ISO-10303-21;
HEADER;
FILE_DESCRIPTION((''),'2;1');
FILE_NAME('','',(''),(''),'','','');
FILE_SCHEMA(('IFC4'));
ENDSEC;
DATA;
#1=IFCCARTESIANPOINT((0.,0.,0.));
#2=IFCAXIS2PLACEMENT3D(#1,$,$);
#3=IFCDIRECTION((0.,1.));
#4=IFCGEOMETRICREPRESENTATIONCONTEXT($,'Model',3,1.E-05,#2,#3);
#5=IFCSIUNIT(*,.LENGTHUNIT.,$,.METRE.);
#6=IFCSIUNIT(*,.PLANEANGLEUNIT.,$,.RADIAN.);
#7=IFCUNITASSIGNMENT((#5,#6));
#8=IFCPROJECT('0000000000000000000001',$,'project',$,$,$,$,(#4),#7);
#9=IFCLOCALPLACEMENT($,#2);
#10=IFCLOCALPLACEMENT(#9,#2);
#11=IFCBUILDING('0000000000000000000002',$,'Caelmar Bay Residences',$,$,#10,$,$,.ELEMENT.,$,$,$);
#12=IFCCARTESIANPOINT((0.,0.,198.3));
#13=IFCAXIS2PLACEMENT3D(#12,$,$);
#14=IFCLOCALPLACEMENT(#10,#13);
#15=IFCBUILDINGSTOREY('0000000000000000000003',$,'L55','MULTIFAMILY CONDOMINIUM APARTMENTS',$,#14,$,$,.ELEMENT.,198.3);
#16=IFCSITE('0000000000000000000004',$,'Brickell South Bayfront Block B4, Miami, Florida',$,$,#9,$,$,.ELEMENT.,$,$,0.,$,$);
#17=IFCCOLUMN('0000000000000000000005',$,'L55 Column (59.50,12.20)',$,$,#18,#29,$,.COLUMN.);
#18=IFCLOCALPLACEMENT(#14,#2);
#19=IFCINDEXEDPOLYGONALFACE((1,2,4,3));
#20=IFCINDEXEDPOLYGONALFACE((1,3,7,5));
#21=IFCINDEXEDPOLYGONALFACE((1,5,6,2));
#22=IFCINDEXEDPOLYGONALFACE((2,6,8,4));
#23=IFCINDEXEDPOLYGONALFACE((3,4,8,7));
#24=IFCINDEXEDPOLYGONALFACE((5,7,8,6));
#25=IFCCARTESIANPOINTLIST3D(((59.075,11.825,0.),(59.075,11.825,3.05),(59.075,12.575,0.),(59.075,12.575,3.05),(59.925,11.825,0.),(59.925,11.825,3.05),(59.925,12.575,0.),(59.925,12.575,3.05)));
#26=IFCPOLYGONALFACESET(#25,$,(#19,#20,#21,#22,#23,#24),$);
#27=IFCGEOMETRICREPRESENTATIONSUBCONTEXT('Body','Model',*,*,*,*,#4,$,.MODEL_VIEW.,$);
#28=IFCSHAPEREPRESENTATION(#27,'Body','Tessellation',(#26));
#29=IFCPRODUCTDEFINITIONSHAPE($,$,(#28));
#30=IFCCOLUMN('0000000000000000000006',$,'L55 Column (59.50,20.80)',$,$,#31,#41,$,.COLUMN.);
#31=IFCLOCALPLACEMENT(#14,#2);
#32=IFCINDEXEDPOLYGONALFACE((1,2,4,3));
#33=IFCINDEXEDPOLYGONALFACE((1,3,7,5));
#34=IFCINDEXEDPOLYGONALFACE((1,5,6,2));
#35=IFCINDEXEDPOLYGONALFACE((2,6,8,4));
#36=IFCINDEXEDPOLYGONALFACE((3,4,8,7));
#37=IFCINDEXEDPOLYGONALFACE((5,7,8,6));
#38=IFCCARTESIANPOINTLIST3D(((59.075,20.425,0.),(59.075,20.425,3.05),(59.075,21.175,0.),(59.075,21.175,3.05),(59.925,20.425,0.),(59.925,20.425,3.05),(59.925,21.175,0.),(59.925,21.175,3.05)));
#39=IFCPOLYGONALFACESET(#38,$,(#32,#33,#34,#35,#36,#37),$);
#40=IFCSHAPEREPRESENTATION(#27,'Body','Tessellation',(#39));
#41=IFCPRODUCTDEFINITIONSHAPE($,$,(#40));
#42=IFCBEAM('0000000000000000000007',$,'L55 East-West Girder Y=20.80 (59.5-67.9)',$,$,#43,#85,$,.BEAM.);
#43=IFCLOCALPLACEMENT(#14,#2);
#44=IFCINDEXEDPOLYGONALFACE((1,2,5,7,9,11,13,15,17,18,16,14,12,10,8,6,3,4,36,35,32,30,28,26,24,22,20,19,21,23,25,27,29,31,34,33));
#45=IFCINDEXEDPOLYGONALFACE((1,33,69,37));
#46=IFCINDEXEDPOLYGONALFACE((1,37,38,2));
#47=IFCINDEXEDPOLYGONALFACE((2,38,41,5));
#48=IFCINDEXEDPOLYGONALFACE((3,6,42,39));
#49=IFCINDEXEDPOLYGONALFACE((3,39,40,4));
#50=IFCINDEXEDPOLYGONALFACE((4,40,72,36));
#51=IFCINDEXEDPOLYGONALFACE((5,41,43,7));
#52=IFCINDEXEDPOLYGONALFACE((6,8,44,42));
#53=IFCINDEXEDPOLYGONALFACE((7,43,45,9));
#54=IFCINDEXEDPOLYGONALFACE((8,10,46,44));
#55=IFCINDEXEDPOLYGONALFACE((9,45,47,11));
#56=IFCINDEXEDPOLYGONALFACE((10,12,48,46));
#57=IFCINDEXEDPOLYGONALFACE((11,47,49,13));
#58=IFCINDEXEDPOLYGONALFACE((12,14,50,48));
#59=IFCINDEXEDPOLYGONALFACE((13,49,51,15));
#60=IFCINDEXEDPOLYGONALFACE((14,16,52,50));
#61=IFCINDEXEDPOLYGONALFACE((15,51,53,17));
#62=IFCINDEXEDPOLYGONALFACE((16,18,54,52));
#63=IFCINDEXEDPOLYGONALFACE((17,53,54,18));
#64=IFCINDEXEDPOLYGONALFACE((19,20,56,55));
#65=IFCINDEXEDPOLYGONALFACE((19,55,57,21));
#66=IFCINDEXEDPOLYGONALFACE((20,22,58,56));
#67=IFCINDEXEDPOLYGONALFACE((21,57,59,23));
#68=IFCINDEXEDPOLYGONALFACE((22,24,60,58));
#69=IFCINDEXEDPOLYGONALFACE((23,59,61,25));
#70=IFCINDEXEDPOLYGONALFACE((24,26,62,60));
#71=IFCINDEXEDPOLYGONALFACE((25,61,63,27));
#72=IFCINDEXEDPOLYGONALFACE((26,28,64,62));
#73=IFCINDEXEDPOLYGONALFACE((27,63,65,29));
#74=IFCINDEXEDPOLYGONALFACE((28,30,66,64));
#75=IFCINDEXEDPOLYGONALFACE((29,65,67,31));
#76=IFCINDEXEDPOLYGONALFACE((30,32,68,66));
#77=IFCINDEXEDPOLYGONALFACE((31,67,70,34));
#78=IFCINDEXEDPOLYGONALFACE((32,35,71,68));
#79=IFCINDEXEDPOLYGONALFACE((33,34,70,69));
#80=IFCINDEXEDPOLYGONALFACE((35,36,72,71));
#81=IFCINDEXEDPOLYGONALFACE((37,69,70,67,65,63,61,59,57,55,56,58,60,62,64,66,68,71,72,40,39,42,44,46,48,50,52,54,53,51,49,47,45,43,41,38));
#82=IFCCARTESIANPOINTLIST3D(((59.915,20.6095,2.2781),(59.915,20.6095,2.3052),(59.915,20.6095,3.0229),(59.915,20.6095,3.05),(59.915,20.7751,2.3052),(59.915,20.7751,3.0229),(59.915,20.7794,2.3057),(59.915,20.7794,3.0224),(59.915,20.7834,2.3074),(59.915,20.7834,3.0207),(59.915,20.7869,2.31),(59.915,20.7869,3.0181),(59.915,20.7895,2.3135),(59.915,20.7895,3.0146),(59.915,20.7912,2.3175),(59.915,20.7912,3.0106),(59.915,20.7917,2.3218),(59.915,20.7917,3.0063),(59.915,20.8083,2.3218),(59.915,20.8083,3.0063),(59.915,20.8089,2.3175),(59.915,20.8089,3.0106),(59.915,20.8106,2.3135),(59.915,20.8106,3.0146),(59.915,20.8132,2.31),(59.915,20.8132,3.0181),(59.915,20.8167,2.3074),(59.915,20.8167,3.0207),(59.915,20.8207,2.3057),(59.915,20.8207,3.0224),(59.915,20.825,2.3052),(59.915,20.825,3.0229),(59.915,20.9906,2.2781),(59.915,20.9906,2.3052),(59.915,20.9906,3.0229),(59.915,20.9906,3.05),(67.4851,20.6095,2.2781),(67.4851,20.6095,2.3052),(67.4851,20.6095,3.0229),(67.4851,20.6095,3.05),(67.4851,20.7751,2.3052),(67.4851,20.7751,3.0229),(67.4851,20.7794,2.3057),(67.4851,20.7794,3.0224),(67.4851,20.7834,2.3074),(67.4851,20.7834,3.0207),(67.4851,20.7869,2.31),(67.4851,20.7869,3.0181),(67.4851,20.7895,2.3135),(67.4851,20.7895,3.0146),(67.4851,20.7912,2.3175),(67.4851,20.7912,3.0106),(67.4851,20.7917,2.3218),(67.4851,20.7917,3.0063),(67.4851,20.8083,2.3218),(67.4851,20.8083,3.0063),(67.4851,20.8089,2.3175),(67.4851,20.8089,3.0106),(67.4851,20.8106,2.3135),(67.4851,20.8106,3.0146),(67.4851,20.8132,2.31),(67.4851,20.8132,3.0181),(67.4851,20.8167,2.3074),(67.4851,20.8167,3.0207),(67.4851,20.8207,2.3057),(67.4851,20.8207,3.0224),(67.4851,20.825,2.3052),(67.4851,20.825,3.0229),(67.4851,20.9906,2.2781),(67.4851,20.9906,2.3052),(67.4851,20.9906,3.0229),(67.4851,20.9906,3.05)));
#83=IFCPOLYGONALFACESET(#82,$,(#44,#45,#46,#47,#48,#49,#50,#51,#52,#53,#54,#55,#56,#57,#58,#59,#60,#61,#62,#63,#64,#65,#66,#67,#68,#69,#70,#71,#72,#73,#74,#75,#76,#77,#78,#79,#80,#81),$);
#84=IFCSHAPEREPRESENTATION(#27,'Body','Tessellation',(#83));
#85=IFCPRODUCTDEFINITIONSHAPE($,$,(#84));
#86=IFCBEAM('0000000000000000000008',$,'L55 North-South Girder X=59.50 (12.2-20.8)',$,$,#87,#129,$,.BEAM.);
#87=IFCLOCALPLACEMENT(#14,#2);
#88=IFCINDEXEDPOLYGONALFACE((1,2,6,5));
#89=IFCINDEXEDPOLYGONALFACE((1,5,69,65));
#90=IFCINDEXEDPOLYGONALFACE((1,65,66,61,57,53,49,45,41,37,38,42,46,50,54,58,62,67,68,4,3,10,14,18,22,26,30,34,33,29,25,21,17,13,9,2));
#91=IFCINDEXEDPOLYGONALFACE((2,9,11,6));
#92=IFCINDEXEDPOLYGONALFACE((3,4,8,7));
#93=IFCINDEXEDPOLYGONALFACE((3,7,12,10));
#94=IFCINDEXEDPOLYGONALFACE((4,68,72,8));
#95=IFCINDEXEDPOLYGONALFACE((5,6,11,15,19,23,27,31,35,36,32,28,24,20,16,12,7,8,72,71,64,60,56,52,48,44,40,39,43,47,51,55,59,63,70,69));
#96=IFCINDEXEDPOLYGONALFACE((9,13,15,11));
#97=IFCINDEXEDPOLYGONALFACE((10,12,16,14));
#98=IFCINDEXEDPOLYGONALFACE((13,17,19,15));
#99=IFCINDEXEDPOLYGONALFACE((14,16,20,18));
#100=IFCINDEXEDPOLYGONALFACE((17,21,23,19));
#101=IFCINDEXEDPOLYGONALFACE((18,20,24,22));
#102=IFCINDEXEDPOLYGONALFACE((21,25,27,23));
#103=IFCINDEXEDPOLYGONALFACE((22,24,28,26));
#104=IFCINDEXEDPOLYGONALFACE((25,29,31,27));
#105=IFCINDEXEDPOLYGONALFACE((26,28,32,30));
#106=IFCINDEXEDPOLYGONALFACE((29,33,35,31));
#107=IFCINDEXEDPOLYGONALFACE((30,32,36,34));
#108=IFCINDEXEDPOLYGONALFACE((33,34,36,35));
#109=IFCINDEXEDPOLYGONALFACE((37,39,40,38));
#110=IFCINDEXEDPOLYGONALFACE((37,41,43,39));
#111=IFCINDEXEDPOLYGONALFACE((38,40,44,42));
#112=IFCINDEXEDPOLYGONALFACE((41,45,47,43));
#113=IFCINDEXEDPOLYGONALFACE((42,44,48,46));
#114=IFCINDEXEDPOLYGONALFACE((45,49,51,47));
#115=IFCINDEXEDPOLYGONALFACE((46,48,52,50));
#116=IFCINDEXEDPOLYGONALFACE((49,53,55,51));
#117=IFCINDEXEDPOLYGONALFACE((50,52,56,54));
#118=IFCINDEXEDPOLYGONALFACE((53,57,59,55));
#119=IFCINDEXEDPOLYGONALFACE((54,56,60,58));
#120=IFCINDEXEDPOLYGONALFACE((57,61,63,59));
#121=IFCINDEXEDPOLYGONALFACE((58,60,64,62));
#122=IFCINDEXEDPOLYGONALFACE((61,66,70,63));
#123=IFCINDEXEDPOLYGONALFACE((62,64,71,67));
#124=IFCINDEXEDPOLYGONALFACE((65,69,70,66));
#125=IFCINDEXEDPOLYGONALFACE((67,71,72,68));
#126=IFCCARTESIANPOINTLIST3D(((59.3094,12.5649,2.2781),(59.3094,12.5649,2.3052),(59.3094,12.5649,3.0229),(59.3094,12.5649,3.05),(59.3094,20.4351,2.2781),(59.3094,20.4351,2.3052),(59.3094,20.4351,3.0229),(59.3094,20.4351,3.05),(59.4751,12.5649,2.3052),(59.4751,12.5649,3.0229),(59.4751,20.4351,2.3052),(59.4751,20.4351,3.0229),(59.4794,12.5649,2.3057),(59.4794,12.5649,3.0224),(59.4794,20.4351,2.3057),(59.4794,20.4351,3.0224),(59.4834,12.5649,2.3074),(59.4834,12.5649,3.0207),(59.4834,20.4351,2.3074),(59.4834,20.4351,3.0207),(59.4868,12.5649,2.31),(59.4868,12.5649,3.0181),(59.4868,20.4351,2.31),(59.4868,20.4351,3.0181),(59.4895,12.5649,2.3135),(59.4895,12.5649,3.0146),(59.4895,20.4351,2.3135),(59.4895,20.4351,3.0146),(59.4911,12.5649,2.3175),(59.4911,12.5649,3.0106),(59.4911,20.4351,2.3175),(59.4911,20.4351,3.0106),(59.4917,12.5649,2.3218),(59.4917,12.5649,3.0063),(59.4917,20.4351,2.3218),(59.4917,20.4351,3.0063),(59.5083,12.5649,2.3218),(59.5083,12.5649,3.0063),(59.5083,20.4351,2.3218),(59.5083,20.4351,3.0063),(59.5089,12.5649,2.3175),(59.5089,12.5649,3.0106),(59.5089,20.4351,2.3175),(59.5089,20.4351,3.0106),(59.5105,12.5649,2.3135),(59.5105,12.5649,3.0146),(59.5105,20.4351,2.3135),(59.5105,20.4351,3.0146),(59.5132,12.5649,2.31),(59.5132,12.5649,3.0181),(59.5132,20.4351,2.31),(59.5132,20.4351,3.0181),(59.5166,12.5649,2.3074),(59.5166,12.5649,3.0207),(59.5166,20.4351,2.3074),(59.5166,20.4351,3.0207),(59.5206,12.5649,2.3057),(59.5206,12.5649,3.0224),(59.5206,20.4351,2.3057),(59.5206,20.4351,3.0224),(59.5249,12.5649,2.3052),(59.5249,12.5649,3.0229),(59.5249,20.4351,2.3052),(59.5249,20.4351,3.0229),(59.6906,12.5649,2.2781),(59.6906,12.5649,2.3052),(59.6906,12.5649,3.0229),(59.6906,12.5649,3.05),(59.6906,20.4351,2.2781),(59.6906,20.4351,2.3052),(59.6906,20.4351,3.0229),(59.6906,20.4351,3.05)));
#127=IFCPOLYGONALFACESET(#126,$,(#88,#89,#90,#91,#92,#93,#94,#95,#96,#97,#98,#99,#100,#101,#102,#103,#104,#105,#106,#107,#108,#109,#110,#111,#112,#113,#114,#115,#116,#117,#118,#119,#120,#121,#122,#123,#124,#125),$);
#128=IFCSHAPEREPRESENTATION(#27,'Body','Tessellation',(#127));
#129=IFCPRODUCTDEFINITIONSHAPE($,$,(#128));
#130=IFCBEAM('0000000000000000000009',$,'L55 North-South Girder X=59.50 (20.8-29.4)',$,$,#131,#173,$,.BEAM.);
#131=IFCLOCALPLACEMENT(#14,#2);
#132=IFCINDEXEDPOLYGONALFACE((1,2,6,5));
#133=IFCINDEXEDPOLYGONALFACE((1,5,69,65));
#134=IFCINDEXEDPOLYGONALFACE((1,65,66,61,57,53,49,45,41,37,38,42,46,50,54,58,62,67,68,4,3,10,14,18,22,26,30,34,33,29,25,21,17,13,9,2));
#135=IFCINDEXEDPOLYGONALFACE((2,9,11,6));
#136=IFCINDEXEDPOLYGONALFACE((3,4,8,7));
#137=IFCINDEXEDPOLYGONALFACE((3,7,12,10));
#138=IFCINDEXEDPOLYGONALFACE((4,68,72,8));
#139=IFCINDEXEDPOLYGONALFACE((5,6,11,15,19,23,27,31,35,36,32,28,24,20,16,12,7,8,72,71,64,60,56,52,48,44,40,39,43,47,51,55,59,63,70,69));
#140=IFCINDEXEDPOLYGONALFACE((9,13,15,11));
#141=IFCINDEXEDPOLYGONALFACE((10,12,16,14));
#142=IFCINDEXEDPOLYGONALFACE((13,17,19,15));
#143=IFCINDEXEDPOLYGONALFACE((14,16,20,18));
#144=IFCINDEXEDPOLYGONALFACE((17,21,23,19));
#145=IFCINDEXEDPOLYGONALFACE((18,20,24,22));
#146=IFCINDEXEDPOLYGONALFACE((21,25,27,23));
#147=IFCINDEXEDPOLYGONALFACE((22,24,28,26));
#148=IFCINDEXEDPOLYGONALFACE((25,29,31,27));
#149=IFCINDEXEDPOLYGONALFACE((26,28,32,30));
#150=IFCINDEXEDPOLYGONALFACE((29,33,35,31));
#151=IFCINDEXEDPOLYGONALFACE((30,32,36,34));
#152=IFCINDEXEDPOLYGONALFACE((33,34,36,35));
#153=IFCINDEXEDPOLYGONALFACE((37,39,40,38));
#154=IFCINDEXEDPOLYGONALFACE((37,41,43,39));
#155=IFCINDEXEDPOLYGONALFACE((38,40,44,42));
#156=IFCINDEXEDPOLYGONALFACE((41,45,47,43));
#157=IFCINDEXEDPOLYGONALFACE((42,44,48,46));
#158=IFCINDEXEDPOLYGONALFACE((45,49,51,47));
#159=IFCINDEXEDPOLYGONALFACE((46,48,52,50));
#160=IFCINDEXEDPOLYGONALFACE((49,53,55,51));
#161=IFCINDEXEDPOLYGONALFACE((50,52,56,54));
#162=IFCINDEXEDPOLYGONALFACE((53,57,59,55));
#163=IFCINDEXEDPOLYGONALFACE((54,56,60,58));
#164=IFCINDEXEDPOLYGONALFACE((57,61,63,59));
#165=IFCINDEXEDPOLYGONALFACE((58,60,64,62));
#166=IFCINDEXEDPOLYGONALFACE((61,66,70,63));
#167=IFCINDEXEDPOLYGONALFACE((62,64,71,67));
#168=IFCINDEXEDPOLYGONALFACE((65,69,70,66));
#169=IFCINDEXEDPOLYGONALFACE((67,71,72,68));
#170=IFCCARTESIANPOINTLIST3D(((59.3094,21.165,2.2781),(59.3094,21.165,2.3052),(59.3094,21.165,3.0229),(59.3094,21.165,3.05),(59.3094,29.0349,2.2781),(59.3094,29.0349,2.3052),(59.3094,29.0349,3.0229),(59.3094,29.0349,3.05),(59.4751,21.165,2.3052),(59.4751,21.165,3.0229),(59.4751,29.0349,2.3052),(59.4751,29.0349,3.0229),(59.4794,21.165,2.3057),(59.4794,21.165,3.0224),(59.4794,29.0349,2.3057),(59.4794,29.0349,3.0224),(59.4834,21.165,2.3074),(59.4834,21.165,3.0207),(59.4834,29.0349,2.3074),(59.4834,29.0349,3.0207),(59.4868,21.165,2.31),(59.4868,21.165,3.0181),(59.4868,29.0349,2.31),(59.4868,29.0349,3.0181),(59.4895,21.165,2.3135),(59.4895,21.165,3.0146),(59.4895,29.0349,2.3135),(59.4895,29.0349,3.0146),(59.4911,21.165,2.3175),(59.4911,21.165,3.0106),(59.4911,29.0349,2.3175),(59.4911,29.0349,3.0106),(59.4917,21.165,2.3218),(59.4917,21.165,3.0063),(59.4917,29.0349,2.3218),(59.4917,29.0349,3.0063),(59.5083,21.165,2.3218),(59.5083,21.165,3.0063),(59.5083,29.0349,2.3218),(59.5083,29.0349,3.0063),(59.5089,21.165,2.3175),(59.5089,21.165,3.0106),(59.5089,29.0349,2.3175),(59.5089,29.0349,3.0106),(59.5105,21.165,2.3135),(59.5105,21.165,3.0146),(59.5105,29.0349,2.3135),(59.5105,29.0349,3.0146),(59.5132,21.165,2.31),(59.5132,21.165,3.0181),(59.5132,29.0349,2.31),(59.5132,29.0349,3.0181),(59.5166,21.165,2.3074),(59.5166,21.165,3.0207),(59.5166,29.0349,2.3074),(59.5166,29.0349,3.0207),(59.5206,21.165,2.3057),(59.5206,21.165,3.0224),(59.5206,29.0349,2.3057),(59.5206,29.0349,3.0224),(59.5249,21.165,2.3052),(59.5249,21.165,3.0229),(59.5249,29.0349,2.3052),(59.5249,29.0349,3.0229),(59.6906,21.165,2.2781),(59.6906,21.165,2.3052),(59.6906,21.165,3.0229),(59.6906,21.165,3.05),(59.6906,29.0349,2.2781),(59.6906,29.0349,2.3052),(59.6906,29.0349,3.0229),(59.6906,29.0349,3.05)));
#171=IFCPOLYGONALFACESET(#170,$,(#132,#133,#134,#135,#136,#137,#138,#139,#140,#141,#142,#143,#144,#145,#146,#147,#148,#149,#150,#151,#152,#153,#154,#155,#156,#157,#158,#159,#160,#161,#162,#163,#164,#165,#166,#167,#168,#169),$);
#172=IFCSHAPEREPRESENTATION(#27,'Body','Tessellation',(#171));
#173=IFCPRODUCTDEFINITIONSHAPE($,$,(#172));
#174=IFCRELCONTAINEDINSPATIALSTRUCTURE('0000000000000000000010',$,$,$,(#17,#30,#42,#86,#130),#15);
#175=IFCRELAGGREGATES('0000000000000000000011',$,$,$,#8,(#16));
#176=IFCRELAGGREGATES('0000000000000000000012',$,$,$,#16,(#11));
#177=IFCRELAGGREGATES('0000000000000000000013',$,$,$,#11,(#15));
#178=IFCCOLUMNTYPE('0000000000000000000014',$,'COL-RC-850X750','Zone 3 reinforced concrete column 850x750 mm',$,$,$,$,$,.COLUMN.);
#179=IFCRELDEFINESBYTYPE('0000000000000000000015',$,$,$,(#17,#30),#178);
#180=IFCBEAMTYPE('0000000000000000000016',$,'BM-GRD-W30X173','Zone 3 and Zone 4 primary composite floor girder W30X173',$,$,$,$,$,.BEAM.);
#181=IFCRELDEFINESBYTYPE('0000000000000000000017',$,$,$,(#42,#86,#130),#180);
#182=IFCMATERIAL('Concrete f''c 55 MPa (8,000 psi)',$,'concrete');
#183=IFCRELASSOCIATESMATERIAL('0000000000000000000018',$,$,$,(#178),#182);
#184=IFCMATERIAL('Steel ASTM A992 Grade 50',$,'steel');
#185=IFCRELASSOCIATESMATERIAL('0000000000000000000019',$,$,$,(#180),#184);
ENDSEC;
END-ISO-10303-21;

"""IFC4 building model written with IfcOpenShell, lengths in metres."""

from ifc_helpers import new_model, si_unit, direction, frame, origin, origin_2d, place, context, subcontext, project, spatial, rectangle, i_section, extrude, material, material_profile, profile_set, type_object, element, save


model = new_model("IFC4")

# Units and contexts
model_context = context("Model", 3, precision=1e-05, world=origin(), true_north=direction((0.0, 1.0)))
body_context = subcontext(model_context, "Body", "Model", "MODEL_VIEW")
ifc_project = project(units=[si_unit("LENGTHUNIT", "METRE"), si_unit("PLANEANGLEUNIT", "RADIAN")], contexts=[model_context])

# Site, building, storey
site_placement = place(None, origin())
site = spatial("IfcSite", under=ifc_project, at=site_placement, Name="Brickell South Bayfront Block B4, Miami, Florida", CompositionType="ELEMENT", RefElevation=0.0)
building_placement = place(site_placement, origin())
building = spatial("IfcBuilding", under=site, at=building_placement, Name="Caelmar Bay Residences", CompositionType="ELEMENT")
storey_placement = place(building_placement, frame((0.0, 0.0, 198.3)))
storey = spatial("IfcBuildingStorey", under=building, at=storey_placement, Name="L55", Description="MULTIFAMILY CONDOMINIUM APARTMENTS", CompositionType="ELEMENT", Elevation=198.3)

# Columns
ifc_material_1 = material(Name="Concrete f'c 55 MPa (8,000 psi)", Category="concrete")
ifc_material_profile_1 = material_profile(ifc_material_1, rectangle(XDim=0.8501, YDim=0.75, at=origin_2d()), Name="RC-COL-850X750")
ifc_profile_set_1 = profile_set([ifc_material_profile_1], Name="Concrete f'c 55 MPa (8,000 psi)")
column_type = type_object("IfcColumnType", Name="COL-RC-850X750", Description="Zone 3 reinforced concrete column 850x750 mm", PredefinedType="COLUMN", material=ifc_profile_set_1)
for number, where, z_axis, x_axis, name in (
    (1, (59.5, 12.2, 0.0), (0.0, 0.0, 1.0), (1.0, 0.0, 0.0), "L55 Column (59.50,12.20)"),
    (2, (59.5, 20.8, 0.0), (0.0, 0.0, 1.0), (1.0, 0.0, 0.0), "L55 Column (59.50,20.80)"),
):
    element("IfcColumn", number, at=place(storey_placement, frame(where, z_axis=z_axis, x_axis=x_axis)), inside=storey, type_object=column_type, Name=name, PredefinedType="COLUMN", context=body_context, shape_type="SweptSolid", body=[
        extrude(rectangle(XDim=0.8501, YDim=0.75, at=origin_2d()), origin(), (0.0, 0.0, 1.0), 3.05),
    ])

# Beams
ifc_material_2 = material(Name="Steel ASTM A992 Grade 50", Category="steel")
ifc_material_profile_2 = material_profile(ifc_material_2, i_section(OverallWidth=0.3811, OverallDepth=0.772, WebThickness=0.0166, FlangeThickness=0.0271, FilletRadius=0.0166, at=origin_2d()), Name="W30X173")
ifc_profile_set_2 = profile_set([ifc_material_profile_2], Name="Steel ASTM A992 Grade 50")
beam_type_1 = type_object("IfcBeamType", Name="BM-GRD-W30X173", Description="Zone 3 and Zone 4 primary composite floor girder W30X173", PredefinedType="BEAM", material=ifc_profile_set_2)
beam_1_placement = place(storey_placement, frame((59.915, 20.8, 2.6641), z_axis=(1.0, 0.0, 0.0), x_axis=(0.0, 1.0, 0.0)))
element("IfcBeam", 3, at=beam_1_placement, inside=storey, type_object=beam_type_1, Name="L55 East-West Girder Y=20.80 (59.5-67.9)", PredefinedType="BEAM", context=body_context, shape_type="SweptSolid", body=[
    extrude(i_section(OverallWidth=0.3811, OverallDepth=0.772, WebThickness=0.0166, FlangeThickness=0.0271, FilletRadius=0.0166, at=origin_2d()), origin(), (0.0, 0.0, 1.0), 7.5701),
])
beam_2_placement = place(storey_placement, frame((59.5, 12.5649, 2.6641), z_axis=(0.0, 1.0, 0.0), x_axis=(-1.0, 0.0, 0.0)))
element("IfcBeam", 4, at=beam_2_placement, inside=storey, type_object=beam_type_1, Name="L55 North-South Girder X=59.50 (12.2-20.8)", PredefinedType="BEAM", context=body_context, shape_type="SweptSolid", body=[
    extrude(i_section(OverallWidth=0.3811, OverallDepth=0.772, WebThickness=0.0166, FlangeThickness=0.0271, FilletRadius=0.0166, at=origin_2d()), origin(), (0.0, 0.0, 1.0), 7.8701),
])
beam_3_placement = place(storey_placement, frame((59.5, 21.165, 2.6641), z_axis=(0.0, 1.0, 0.0), x_axis=(-1.0, 0.0, 0.0)))
element("IfcBeam", 5, at=beam_3_placement, inside=storey, type_object=beam_type_1, Name="L55 North-South Girder X=59.50 (20.8-29.4)", PredefinedType="BEAM", context=body_context, shape_type="SweptSolid", body=[
    extrude(i_section(OverallWidth=0.3811, OverallDepth=0.772, WebThickness=0.0166, FlangeThickness=0.0271, FilletRadius=0.0166, at=origin_2d()), origin(), (0.0, 0.0, 1.0), 7.8699),
])

save(model, "model.ifc")
